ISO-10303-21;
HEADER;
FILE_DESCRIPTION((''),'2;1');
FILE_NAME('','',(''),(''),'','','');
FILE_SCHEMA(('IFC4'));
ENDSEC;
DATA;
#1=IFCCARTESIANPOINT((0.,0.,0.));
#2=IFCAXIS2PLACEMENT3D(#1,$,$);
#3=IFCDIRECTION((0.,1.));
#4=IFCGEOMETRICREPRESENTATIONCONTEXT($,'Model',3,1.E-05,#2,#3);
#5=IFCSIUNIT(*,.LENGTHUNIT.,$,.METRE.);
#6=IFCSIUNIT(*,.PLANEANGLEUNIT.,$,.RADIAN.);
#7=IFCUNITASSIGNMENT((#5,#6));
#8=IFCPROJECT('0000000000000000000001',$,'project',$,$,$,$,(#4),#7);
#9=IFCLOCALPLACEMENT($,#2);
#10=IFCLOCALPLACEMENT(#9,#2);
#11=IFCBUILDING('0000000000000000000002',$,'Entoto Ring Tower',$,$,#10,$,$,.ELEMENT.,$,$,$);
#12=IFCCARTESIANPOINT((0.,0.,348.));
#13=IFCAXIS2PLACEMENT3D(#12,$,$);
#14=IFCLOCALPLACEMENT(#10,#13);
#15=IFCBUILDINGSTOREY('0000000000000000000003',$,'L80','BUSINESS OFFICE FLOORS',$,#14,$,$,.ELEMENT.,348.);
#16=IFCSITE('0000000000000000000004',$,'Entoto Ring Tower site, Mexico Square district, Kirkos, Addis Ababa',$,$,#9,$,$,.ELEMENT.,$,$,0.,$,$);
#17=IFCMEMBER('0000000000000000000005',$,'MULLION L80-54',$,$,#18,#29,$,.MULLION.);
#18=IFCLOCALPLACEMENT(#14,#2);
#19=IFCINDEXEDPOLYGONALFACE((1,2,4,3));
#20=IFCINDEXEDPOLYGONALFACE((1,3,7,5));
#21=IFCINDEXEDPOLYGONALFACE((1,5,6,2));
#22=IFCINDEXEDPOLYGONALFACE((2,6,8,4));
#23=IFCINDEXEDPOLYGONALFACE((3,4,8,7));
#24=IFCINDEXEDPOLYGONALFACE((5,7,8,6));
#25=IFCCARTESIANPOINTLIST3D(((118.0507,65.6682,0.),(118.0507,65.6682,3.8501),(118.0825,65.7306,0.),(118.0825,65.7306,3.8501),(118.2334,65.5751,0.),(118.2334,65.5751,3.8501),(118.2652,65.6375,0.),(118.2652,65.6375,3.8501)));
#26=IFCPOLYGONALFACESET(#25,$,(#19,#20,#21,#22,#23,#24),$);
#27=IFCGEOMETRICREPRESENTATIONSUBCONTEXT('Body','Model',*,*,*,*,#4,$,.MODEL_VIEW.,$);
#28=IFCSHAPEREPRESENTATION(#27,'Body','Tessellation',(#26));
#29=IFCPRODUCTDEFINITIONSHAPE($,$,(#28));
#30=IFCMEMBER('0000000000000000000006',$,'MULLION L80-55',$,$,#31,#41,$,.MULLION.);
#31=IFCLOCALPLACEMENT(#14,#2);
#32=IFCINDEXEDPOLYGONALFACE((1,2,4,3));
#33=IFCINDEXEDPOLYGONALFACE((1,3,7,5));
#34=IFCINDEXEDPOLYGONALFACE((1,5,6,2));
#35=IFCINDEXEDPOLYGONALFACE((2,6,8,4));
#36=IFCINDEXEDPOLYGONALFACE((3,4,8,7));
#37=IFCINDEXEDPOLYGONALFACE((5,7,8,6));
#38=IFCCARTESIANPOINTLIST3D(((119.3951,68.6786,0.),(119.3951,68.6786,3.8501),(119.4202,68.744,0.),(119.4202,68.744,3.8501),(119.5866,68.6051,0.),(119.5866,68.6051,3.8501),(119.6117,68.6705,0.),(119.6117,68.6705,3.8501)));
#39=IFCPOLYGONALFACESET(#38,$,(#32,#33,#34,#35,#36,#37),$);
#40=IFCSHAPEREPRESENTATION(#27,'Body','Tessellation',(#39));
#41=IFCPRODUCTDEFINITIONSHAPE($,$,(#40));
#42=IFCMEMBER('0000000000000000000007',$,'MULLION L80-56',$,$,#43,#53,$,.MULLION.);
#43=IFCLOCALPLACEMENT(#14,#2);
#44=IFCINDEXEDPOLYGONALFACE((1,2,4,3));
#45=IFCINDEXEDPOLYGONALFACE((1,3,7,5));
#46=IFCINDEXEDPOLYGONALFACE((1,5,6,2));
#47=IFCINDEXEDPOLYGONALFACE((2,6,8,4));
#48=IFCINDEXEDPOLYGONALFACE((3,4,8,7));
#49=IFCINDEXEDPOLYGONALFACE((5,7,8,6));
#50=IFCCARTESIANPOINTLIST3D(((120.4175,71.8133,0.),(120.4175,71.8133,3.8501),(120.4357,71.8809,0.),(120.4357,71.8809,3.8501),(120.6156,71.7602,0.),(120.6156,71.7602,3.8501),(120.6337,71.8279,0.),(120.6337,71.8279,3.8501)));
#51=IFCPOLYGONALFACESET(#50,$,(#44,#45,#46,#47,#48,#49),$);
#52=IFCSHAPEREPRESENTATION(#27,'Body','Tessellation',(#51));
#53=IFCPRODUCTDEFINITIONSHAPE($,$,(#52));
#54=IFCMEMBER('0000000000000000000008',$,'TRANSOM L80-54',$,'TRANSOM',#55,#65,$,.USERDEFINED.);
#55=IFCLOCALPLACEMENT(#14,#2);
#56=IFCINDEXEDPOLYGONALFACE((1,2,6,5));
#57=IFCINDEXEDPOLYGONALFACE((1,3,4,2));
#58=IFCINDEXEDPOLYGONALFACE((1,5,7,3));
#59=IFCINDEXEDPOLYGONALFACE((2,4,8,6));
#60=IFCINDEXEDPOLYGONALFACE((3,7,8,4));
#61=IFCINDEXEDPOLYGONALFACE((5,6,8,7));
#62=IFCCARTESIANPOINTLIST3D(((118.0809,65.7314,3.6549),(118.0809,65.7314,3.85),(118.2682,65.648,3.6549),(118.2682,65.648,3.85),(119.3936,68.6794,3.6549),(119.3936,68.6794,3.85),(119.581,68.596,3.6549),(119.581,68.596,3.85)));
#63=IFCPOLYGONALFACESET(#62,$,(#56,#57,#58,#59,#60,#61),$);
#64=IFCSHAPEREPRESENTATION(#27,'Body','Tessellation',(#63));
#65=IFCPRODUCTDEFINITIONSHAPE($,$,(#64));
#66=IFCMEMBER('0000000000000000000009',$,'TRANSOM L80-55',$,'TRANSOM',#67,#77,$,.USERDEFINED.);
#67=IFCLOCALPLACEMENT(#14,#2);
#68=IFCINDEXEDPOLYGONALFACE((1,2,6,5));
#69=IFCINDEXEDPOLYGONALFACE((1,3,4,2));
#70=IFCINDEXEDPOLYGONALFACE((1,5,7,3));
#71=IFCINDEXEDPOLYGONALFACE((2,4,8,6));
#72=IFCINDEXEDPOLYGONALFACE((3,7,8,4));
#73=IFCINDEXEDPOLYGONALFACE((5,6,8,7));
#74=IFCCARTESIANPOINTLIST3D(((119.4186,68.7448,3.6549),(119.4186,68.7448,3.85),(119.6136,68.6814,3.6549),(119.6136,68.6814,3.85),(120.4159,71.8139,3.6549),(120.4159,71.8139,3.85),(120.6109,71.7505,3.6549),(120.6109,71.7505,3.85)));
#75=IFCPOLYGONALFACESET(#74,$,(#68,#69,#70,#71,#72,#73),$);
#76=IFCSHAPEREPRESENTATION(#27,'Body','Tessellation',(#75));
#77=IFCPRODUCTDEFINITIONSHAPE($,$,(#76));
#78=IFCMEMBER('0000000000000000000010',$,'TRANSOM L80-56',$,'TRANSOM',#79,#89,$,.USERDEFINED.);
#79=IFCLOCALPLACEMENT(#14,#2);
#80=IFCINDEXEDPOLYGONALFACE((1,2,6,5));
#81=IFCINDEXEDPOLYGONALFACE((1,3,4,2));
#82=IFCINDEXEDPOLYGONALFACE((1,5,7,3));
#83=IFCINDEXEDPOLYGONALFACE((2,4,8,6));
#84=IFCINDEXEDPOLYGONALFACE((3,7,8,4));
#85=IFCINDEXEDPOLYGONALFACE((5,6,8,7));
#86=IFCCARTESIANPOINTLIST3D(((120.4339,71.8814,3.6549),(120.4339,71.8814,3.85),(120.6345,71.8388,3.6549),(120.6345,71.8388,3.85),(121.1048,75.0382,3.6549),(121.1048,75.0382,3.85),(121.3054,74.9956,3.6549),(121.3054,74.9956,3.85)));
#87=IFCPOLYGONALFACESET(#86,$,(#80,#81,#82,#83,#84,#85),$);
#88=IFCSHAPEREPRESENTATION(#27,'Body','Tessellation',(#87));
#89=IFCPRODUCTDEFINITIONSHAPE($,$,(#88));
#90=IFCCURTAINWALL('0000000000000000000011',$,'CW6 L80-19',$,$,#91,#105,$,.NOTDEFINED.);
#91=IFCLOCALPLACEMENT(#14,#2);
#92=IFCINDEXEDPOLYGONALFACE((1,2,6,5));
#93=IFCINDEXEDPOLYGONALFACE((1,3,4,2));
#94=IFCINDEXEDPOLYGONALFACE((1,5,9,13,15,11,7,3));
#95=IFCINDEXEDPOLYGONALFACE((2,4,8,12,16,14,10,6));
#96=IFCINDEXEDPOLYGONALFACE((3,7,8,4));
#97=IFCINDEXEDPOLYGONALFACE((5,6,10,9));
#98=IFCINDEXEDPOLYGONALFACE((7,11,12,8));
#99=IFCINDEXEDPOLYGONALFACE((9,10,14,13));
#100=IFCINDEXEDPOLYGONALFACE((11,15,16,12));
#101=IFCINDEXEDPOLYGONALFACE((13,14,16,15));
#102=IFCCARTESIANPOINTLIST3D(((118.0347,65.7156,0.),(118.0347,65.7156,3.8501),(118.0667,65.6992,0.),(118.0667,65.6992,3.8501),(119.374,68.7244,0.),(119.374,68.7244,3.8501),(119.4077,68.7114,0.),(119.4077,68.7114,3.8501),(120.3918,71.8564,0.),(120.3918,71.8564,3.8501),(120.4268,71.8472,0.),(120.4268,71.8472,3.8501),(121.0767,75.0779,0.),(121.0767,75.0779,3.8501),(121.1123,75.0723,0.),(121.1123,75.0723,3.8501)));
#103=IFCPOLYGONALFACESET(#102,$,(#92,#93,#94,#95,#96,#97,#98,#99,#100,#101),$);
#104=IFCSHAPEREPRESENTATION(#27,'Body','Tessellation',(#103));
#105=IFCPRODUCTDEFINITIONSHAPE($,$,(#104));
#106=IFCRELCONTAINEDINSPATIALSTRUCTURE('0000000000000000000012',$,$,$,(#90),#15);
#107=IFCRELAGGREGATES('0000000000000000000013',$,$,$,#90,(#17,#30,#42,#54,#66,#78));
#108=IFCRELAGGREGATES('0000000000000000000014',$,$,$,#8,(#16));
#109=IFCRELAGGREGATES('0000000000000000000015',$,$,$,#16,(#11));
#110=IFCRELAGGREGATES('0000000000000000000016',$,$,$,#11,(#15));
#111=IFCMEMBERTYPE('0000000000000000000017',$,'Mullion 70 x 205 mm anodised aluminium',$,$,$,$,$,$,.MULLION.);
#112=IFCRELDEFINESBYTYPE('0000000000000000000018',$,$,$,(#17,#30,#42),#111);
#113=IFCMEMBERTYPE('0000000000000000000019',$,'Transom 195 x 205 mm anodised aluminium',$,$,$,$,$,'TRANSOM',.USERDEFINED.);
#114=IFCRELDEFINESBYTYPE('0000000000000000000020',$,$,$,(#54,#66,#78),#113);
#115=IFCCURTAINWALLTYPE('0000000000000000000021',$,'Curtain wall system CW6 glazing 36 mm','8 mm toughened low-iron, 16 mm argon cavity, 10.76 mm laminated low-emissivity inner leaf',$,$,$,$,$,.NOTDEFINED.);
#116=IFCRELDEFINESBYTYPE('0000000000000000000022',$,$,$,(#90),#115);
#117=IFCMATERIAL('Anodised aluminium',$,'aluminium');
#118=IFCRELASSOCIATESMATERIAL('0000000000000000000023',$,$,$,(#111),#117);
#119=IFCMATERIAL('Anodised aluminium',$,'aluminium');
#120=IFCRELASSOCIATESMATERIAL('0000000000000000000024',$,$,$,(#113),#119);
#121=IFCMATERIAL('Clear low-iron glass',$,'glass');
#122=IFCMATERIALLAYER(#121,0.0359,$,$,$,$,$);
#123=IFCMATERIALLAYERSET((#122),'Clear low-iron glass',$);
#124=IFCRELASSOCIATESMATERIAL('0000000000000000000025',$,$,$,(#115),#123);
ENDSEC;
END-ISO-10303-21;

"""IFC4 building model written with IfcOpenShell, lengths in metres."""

from ifc_helpers import new_model, si_unit, direction, frame, origin, origin_2d, place, context, subcontext, project, spatial, polyline, rectangle, outline, extrude, material, layer, layer_set, material_profile, profile_set, type_object, element, aggregate, save


model = new_model("IFC4")

# Units and contexts
model_context = context("Model", 3, precision=1e-05, world=origin(), true_north=direction((0.0, 1.0)))
body_context = subcontext(model_context, "Body", "Model", "MODEL_VIEW")
ifc_project = project(units=[si_unit("LENGTHUNIT", "METRE"), si_unit("PLANEANGLEUNIT", "RADIAN")], contexts=[model_context])

# Members
ifc_material_1 = material(Name="Anodised aluminium", Category="aluminium")
ifc_material_profile_1 = material_profile(ifc_material_1, rectangle(XDim=0.0701, YDim=0.2051, at=origin_2d()), Name="Mullion 70 x 205 mm anodised aluminium")
ifc_profile_set_1 = profile_set([ifc_material_profile_1], Name="Anodised aluminium")
member_type_1 = type_object("IfcMemberType", Name="Mullion 70 x 205 mm anodised aluminium", PredefinedType="MULLION", material=ifc_profile_set_1)
site_placement = place(None, origin())
building_placement = place(site_placement, origin())
storey_placement = place(building_placement, frame((0.0, 0.0, 348.0)))
member_1_placement = place(storey_placement, frame((118.158, 65.6528, 0.0), z_axis=(0.0, 0.0, 1.0), x_axis=(0.45399, 0.891007, 0.0)))
member_1 = element("IfcMember", 1, at=member_1_placement, type_object=member_type_1, Name="MULLION L80-54", PredefinedType="MULLION", context=body_context, shape_type="SweptSolid", body=[
    extrude(rectangle(XDim=0.0701, YDim=0.2051, at=origin_2d()), origin(), (0.0, 0.0, 1.0), 3.8501),
])
member_2_placement = place(storey_placement, frame((119.5034, 68.6746, 0.0), z_axis=(0.0, 0.0, 1.0), x_axis=(0.358368, 0.93358, 0.0)))
member_2 = element("IfcMember", 2, at=member_2_placement, type_object=member_type_1, Name="MULLION L80-55", PredefinedType="MULLION", context=body_context, shape_type="SweptSolid", body=[
    extrude(rectangle(XDim=0.0701, YDim=0.2051, at=origin_2d()), origin(), (0.0, 0.0, 1.0), 3.8501),
])
member_3_placement = place(storey_placement, frame((120.5256, 71.8206, 0.0), z_axis=(0.0, 0.0, 1.0), x_axis=(0.258819, 0.965926, 0.0)))
member_3 = element("IfcMember", 3, at=member_3_placement, type_object=member_type_1, Name="MULLION L80-56", PredefinedType="MULLION", context=body_context, shape_type="SweptSolid", body=[
    extrude(rectangle(XDim=0.0701, YDim=0.2051, at=origin_2d()), origin(), (0.0, 0.0, 1.0), 3.8501),
])
ifc_material_2 = material(Name="Anodised aluminium", Category="aluminium")
ifc_material_profile_2 = material_profile(ifc_material_2, rectangle(XDim=0.2051, YDim=0.1951, at=origin_2d()), Name="Transom 195 x 205 mm anodised aluminium")
ifc_profile_set_2 = profile_set([ifc_material_profile_2], Name="Anodised aluminium")
member_type_2 = type_object("IfcMemberType", Name="Transom 195 x 205 mm anodised aluminium", ElementType="TRANSOM", PredefinedType="USERDEFINED", material=ifc_profile_set_2)
member_4_placement = place(storey_placement, frame((118.1746, 65.6897, 3.7524), z_axis=(0.406791, 0.913521, 0.0), x_axis=(-0.913521, 0.406791, 0.0)))
member_4 = element("IfcMember", 4, at=member_4_placement, type_object=member_type_2, Name="TRANSOM L80-54", ObjectType="TRANSOM", PredefinedType="USERDEFINED", context=body_context, shape_type="SweptSolid", body=[
    extrude(rectangle(XDim=0.2051, YDim=0.1951, at=origin_2d()), origin(), (0.0, 0.0, 1.0), 3.2271),
])
member_5_placement = place(storey_placement, frame((119.5161, 68.7131, 3.7524), z_axis=(0.309047, 0.951047, 0.0), x_axis=(-0.951047, 0.309047, 0.0)))
member_5 = element("IfcMember", 5, at=member_5_placement, type_object=member_type_2, Name="TRANSOM L80-55", ObjectType="TRANSOM", PredefinedType="USERDEFINED", context=body_context, shape_type="SweptSolid", body=[
    extrude(rectangle(XDim=0.2051, YDim=0.1951, at=origin_2d()), origin(), (0.0, 0.0, 1.0), 3.2271),
])
member_6_placement = place(storey_placement, frame((120.5342, 71.8601, 3.7524), z_axis=(0.207886, 0.978153, 0.0), x_axis=(-0.978153, 0.207886, 0.0)))
member_6 = element("IfcMember", 6, at=member_6_placement, type_object=member_type_2, Name="TRANSOM L80-56", ObjectType="TRANSOM", PredefinedType="USERDEFINED", context=body_context, shape_type="SweptSolid", body=[
    extrude(rectangle(XDim=0.2051, YDim=0.1951, at=origin_2d()), origin(), (0.0, 0.0, 1.0), 3.2273),
])

# Site, building, storey
site = spatial("IfcSite", under=ifc_project, at=site_placement, Name="Entoto Ring Tower site, Mexico Square district, Kirkos, Addis Ababa", CompositionType="ELEMENT", RefElevation=0.0)
building = spatial("IfcBuilding", under=site, at=building_placement, Name="Entoto Ring Tower", CompositionType="ELEMENT")
storey = spatial("IfcBuildingStorey", under=building, at=storey_placement, Name="L80", Description="BUSINESS OFFICE FLOORS", CompositionType="ELEMENT", Elevation=348.0)

# Curtain wall
ifc_material_3 = material(Name="Clear low-iron glass", Category="glass")
ifc_layer_1 = layer(ifc_material_3, 0.0359)
ifc_layer_set_1 = layer_set([ifc_layer_1], Name="Clear low-iron glass")
curtain_wall_type = type_object("IfcCurtainWallType", Name="Curtain wall system CW6 glazing 36 mm", Description="8 mm toughened low-iron, 16 mm argon cavity, 10.76 mm laminated low-emissivity inner leaf", PredefinedType="NOTDEFINED", material=ifc_layer_set_1)
curtain_wall_1_placement = place(storey_placement, origin())
curtain_wall_1 = element("IfcCurtainWall", 7, at=curtain_wall_1_placement, inside=storey, type_object=curtain_wall_type, Name="CW6 L80-19", PredefinedType="NOTDEFINED", context=body_context, shape_type="SweptSolid", body=[
    extrude(outline(polyline([(118.0667, 65.6992), (119.4077, 68.7114), (120.4268, 71.8472), (121.1123, 75.0723), (121.0767, 75.0779), (120.3918, 71.8564), (119.374, 68.7244), (118.0347, 65.7156), (118.0667, 65.6992)])), origin(), (0.0, 0.0, 1.0), 3.8501),
])
aggregate(curtain_wall_1, [member_1, member_2, member_3, member_4, member_5, member_6])

save(model, "model.ifc")
